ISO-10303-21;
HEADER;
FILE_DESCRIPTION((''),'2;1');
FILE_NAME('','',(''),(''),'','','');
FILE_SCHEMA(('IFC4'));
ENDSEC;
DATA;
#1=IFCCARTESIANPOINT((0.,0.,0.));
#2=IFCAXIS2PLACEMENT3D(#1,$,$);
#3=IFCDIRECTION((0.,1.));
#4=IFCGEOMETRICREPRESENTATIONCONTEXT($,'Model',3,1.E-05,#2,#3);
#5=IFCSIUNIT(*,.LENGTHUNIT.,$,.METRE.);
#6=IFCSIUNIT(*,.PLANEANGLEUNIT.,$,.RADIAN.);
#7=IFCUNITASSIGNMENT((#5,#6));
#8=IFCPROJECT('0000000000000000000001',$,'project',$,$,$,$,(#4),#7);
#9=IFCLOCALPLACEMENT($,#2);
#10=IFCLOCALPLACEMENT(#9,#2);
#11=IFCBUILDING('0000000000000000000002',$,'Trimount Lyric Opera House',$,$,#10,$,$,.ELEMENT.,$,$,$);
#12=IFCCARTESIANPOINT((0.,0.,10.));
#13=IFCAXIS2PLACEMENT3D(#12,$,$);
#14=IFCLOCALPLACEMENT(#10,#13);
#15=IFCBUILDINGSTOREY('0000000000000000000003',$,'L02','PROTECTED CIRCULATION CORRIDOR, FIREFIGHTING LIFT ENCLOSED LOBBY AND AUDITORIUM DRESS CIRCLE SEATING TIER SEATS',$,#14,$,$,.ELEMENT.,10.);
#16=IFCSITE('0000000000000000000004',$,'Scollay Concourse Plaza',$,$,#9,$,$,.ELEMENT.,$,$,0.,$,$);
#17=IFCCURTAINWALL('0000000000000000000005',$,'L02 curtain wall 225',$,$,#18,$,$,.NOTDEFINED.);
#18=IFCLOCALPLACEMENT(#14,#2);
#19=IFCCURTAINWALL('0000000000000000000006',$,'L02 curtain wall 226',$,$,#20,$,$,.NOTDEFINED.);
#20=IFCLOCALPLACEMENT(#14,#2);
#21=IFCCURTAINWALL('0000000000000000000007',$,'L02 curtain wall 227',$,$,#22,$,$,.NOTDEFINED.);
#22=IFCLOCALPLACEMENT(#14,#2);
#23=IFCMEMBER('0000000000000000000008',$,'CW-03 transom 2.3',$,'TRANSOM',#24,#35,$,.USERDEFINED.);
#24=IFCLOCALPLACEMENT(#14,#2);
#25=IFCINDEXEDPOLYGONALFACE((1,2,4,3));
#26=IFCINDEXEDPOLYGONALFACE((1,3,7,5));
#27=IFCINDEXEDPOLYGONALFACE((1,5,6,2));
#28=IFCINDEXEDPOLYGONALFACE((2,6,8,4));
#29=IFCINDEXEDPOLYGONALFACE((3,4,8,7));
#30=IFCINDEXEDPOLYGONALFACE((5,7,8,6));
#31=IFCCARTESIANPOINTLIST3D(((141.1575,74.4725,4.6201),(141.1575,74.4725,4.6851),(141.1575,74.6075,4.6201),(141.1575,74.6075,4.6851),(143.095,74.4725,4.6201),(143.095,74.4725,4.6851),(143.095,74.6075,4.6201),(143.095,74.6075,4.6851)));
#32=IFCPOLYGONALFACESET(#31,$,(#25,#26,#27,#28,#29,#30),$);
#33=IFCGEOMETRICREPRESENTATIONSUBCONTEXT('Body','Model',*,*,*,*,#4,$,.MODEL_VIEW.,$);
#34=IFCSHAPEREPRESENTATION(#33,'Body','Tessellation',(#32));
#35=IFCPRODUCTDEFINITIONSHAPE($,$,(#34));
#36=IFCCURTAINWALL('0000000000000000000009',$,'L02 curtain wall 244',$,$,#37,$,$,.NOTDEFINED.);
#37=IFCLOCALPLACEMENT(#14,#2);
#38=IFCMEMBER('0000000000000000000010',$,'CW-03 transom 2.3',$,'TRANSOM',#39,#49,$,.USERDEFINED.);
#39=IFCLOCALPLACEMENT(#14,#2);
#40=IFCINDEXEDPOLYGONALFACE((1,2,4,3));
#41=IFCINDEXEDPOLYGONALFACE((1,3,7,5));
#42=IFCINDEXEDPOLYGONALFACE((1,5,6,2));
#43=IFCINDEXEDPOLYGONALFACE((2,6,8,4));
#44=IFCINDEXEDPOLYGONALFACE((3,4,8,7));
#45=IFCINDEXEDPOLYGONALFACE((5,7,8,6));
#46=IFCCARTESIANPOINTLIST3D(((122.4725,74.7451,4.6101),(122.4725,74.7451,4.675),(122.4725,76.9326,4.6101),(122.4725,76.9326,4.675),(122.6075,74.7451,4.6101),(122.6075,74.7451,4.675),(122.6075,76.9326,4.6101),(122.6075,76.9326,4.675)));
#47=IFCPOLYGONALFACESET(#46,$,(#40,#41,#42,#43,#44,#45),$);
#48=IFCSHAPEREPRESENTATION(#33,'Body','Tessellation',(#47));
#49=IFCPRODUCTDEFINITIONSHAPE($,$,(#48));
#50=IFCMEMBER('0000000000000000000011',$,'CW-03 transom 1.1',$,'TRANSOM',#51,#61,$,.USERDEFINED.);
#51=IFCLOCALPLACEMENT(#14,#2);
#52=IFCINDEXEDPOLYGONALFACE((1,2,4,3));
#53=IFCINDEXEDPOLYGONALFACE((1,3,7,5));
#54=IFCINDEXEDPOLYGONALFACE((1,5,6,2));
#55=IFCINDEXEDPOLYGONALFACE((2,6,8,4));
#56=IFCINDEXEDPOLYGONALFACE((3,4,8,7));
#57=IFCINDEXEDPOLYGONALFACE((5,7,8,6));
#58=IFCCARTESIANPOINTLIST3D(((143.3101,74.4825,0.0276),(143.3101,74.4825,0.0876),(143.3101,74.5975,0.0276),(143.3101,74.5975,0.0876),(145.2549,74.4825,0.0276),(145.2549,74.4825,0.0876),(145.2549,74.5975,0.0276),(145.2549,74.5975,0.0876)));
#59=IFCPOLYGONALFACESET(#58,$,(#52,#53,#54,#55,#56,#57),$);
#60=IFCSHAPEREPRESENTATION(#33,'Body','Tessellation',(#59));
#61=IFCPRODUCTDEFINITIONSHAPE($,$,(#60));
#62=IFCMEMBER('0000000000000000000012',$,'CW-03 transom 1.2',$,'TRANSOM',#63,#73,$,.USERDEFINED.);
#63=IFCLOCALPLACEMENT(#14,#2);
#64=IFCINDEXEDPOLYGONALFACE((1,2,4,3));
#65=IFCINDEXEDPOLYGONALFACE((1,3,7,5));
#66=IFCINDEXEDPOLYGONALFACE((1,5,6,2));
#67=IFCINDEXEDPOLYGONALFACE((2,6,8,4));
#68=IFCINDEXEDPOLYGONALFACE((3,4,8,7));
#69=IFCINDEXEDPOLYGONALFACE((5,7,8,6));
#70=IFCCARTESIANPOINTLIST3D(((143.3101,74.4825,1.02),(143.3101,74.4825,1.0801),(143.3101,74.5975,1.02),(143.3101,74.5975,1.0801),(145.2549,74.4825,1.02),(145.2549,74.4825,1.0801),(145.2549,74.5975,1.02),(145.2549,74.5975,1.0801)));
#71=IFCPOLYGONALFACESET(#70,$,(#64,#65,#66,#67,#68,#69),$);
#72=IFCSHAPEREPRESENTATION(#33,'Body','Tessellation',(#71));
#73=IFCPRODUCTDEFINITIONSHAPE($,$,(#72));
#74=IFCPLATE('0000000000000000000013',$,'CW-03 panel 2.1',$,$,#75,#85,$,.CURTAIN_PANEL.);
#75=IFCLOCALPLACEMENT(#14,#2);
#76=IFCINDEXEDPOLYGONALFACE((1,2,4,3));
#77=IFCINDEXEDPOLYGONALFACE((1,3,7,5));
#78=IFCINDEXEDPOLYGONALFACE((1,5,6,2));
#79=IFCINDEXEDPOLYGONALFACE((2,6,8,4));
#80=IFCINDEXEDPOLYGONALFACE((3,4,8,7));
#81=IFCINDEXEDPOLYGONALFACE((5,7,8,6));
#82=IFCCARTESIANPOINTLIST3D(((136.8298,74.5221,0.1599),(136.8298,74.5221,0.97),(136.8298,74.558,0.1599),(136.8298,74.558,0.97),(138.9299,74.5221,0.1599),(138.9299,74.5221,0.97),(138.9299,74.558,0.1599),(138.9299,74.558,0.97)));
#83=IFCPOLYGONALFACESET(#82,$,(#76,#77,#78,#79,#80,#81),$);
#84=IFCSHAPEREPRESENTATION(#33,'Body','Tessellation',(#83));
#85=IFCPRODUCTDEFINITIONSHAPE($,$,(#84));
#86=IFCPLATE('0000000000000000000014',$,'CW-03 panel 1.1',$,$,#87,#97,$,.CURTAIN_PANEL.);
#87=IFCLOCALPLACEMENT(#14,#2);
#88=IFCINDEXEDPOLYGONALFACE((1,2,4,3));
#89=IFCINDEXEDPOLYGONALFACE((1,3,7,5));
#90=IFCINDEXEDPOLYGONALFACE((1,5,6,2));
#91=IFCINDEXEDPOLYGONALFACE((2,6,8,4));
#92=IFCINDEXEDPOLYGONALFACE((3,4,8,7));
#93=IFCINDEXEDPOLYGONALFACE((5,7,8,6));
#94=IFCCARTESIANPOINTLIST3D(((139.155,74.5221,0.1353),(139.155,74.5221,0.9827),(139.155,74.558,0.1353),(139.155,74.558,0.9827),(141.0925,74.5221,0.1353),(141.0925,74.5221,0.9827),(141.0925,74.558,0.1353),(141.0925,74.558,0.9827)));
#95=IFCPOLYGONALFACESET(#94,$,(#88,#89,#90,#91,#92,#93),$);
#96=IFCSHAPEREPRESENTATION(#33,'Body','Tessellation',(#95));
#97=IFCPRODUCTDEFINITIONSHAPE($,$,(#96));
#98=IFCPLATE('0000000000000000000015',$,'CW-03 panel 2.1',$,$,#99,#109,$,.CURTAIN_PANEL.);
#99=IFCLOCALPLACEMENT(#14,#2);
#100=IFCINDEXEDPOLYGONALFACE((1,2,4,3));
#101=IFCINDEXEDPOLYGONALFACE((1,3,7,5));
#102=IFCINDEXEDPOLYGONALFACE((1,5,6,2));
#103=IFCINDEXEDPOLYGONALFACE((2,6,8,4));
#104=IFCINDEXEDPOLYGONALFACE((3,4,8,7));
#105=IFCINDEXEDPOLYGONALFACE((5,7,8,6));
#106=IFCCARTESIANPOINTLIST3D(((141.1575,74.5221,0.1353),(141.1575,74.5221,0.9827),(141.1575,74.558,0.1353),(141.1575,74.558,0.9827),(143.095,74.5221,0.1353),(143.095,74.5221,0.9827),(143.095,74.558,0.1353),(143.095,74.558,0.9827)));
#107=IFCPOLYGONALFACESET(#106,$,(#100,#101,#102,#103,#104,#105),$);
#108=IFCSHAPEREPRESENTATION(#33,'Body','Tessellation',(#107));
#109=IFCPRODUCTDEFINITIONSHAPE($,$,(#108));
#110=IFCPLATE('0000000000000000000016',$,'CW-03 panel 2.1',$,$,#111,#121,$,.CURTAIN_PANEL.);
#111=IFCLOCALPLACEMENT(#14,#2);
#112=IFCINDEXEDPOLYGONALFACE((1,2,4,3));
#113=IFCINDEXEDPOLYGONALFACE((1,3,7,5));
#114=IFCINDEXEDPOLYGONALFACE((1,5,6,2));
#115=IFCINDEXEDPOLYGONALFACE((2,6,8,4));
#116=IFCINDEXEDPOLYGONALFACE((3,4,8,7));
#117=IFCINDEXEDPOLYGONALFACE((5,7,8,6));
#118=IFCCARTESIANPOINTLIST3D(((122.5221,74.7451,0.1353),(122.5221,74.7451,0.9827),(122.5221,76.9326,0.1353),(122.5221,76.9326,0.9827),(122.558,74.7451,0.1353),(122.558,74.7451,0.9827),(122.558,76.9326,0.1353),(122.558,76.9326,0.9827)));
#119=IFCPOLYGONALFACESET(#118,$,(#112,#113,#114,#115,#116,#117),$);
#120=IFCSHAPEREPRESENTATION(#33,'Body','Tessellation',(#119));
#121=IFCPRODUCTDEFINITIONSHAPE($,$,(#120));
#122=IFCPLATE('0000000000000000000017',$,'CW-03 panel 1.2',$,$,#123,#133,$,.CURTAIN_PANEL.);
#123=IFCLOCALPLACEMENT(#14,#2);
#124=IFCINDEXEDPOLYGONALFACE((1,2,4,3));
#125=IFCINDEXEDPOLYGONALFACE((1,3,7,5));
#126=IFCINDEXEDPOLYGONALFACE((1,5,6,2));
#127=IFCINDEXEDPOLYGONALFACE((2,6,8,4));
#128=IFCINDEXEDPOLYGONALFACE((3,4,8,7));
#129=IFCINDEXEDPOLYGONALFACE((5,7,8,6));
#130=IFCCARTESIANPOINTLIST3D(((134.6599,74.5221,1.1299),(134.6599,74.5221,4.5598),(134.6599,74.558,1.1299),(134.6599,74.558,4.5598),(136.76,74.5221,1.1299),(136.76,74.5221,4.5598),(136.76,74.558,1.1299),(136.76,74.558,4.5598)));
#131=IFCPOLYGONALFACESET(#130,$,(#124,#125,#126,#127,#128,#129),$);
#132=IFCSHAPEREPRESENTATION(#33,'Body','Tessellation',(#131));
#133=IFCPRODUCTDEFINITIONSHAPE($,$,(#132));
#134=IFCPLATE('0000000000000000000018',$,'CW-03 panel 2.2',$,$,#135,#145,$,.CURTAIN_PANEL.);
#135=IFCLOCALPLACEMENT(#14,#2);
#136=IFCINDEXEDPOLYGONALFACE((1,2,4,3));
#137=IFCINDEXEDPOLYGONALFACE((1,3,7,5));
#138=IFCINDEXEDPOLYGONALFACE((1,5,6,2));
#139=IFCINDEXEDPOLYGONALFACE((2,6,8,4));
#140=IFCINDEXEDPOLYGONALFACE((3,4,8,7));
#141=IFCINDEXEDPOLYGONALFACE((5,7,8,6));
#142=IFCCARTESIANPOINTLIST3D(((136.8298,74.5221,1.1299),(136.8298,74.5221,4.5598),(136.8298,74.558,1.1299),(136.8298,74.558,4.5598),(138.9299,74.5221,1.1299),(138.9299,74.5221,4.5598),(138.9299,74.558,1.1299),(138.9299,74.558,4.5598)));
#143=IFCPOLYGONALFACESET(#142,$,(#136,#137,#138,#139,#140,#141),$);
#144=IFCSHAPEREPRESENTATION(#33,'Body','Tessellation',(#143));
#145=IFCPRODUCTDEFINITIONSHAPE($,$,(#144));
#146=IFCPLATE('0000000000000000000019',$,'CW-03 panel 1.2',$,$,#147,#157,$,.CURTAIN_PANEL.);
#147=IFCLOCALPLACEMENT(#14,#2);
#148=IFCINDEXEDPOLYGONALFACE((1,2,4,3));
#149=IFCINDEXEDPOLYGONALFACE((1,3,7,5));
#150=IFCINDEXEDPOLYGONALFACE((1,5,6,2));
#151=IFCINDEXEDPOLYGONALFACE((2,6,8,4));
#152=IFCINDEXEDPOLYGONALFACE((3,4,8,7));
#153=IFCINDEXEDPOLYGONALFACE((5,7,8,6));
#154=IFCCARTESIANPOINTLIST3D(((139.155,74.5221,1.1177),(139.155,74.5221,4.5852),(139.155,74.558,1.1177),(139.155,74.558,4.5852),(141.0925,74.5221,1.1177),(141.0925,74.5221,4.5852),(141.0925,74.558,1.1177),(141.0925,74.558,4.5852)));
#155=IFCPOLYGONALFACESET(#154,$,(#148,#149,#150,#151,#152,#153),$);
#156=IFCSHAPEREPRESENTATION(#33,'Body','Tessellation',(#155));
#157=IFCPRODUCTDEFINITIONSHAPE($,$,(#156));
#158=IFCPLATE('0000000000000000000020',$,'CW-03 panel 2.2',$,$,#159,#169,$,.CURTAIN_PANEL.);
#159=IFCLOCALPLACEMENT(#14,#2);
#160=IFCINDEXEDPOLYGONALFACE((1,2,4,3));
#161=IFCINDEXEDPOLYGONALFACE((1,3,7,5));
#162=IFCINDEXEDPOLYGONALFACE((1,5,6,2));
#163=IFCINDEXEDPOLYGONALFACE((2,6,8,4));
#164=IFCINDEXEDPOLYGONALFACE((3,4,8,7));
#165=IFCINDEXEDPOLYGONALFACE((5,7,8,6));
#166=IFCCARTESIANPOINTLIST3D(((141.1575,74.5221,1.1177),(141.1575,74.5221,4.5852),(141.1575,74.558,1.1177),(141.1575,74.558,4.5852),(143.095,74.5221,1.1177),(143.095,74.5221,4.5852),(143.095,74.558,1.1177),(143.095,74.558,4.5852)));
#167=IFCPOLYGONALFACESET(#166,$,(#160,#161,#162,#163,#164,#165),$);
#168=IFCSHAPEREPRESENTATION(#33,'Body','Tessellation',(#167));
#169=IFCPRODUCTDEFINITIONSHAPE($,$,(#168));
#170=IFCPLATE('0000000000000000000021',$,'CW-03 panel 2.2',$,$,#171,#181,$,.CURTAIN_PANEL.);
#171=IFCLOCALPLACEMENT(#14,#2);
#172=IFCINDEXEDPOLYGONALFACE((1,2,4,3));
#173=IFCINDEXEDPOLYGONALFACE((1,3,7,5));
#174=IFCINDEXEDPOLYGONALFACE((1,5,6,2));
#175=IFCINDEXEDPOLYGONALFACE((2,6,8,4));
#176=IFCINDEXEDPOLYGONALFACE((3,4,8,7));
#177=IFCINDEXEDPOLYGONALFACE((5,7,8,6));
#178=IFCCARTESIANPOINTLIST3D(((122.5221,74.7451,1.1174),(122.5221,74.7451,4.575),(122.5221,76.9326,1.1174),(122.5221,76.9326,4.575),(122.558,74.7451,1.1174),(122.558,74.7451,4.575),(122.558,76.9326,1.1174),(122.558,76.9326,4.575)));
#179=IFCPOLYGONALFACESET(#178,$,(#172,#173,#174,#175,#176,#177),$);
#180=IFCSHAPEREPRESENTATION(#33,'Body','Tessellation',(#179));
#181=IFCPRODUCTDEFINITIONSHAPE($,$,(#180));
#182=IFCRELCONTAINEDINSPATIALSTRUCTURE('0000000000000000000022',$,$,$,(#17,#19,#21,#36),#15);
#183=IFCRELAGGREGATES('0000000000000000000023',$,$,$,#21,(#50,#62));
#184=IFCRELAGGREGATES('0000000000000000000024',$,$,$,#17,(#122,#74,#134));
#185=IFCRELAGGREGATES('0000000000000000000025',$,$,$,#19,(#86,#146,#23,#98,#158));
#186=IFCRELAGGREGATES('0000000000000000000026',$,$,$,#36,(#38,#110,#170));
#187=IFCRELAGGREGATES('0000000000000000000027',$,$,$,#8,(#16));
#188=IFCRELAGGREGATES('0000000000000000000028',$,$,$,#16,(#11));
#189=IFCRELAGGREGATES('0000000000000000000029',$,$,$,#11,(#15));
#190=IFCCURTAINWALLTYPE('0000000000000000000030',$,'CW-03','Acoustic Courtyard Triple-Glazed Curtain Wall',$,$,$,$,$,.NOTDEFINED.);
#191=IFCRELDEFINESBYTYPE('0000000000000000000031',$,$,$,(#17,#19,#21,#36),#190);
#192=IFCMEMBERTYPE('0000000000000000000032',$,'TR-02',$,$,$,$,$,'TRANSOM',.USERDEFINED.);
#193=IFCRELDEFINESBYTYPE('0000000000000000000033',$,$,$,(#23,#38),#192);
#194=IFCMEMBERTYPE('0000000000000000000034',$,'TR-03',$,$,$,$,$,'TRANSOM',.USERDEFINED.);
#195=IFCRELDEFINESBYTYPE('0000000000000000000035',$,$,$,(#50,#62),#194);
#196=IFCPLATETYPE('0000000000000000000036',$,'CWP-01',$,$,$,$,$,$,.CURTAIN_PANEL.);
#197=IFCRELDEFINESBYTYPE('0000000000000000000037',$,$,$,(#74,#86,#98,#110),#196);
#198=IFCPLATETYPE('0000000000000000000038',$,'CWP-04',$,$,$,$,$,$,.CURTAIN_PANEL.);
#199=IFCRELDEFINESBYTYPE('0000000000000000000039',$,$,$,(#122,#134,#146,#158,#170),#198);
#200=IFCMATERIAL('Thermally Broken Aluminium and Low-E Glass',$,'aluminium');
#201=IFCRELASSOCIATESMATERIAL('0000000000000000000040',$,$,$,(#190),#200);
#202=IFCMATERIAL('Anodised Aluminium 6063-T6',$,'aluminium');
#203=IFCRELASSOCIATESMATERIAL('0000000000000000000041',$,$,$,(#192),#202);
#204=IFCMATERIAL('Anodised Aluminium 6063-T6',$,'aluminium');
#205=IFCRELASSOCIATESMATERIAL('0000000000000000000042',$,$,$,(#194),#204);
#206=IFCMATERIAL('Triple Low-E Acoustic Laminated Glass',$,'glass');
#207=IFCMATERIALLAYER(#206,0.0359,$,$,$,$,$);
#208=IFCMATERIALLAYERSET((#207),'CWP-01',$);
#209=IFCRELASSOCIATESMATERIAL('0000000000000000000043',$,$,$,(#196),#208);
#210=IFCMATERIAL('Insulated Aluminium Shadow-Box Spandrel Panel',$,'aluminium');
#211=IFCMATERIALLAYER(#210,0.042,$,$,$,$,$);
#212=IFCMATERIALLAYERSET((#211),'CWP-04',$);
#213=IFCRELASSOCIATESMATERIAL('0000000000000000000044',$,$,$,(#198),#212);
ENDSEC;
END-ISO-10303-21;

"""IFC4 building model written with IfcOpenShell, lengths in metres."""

from ifc_helpers import new_model, si_unit, direction, frame, origin, origin_2d, place, context, subcontext, project, spatial, rectangle, extrude, material, layer, layer_set, material_profile, profile_set, type_object, element, aggregate, save


model = new_model("IFC4")

# Units and contexts
model_context = context("Model", 3, precision=1e-05, world=origin(), true_north=direction((0.0, 1.0)))
body_context = subcontext(model_context, "Body", "Model", "MODEL_VIEW")
ifc_project = project(units=[si_unit("LENGTHUNIT", "METRE"), si_unit("PLANEANGLEUNIT", "RADIAN")], contexts=[model_context])

# Site, building, storey
site_placement = place(None, origin())
site = spatial("IfcSite", under=ifc_project, at=site_placement, Name="Scollay Concourse Plaza", CompositionType="ELEMENT", RefElevation=0.0)
building_placement = place(site_placement, origin())
building = spatial("IfcBuilding", under=site, at=building_placement, Name="Trimount Lyric Opera House", CompositionType="ELEMENT")
storey_placement = place(building_placement, frame((0.0, 0.0, 10.0)))
storey = spatial("IfcBuildingStorey", under=building, at=storey_placement, Name="L02", Description="PROTECTED CIRCULATION CORRIDOR, FIREFIGHTING LIFT ENCLOSED LOBBY AND AUDITORIUM DRESS CIRCLE SEATING TIER SEATS", CompositionType="ELEMENT", Elevation=10.0)

# Curtain walls
ifc_material_1 = material(Name="Thermally Broken Aluminium and Low-E Glass", Category="aluminium")
curtain_wall_type = type_object("IfcCurtainWallType", Name="CW-03", Description="Acoustic Courtyard Triple-Glazed Curtain Wall", PredefinedType="NOTDEFINED", material=ifc_material_1)
curtain_wall_1_placement = place(storey_placement, origin())
curtain_wall_1 = element("IfcCurtainWall", 1, at=curtain_wall_1_placement, inside=storey, type_object=curtain_wall_type, Name="L02 curtain wall 225", PredefinedType="NOTDEFINED")
curtain_wall_2_placement = place(storey_placement, origin())
curtain_wall_2 = element("IfcCurtainWall", 2, at=curtain_wall_2_placement, inside=storey, type_object=curtain_wall_type, Name="L02 curtain wall 226", PredefinedType="NOTDEFINED")

# Curtain wall
curtain_wall_3_placement = place(storey_placement, origin())
curtain_wall_3 = element("IfcCurtainWall", 3, at=curtain_wall_3_placement, inside=storey, type_object=curtain_wall_type, Name="L02 curtain wall 227", PredefinedType="NOTDEFINED")

# Member
ifc_material_2 = material(Name="Anodised Aluminium 6063-T6", Category="aluminium")
ifc_material_profile_1 = material_profile(ifc_material_2, rectangle(XDim=0.135, YDim=0.0649, at=origin_2d()), Name="ALU-TRAN-65X135")
ifc_profile_set_1 = profile_set([ifc_material_profile_1], Name="Anodised Aluminium 6063-T6")
member_type_1 = type_object("IfcMemberType", Name="TR-02", ElementType="TRANSOM", PredefinedType="USERDEFINED", material=ifc_profile_set_1)
member_1_placement = place(storey_placement, frame((141.1575, 74.54, 4.6526), z_axis=(1.0, 0.0, 0.0), x_axis=(0.0, 1.0, 0.0)))
member_1 = element("IfcMember", 4, at=member_1_placement, type_object=member_type_1, Name="CW-03 transom 2.3", ObjectType="TRANSOM", PredefinedType="USERDEFINED", context=body_context, shape_type="SweptSolid", body=[
    extrude(rectangle(XDim=0.135, YDim=0.0649, at=origin_2d()), origin(), (0.0, 0.0, 1.0), 1.9375),
])

# Curtain wall, member
curtain_wall_4_placement = place(storey_placement, origin())
curtain_wall_4 = element("IfcCurtainWall", 5, at=curtain_wall_4_placement, inside=storey, type_object=curtain_wall_type, Name="L02 curtain wall 244", PredefinedType="NOTDEFINED")
member_2_placement = place(storey_placement, frame((122.54, 76.9326, 4.6426), z_axis=(0.0, -1.0, 0.0), x_axis=(1.0, 0.0, 0.0)))
member_2 = element("IfcMember", 6, at=member_2_placement, type_object=member_type_1, Name="CW-03 transom 2.3", ObjectType="TRANSOM", PredefinedType="USERDEFINED", context=body_context, shape_type="SweptSolid", body=[
    extrude(rectangle(XDim=0.135, YDim=0.0649, at=origin_2d()), origin(), (0.0, 0.0, 1.0), 2.1875),
])

# Members
ifc_material_3 = material(Name="Anodised Aluminium 6063-T6", Category="aluminium")
ifc_material_profile_2 = material_profile(ifc_material_3, rectangle(XDim=0.115, YDim=0.0601, at=origin_2d()), Name="ALU-TRAN-60X115")
ifc_profile_set_2 = profile_set([ifc_material_profile_2], Name="Anodised Aluminium 6063-T6")
member_type_2 = type_object("IfcMemberType", Name="TR-03", ElementType="TRANSOM", PredefinedType="USERDEFINED", material=ifc_profile_set_2)
member_3_placement = place(storey_placement, frame((143.3101, 74.54, 0.0576), z_axis=(1.0, 0.0, 0.0), x_axis=(0.0, 1.0, 0.0)))
member_3 = element("IfcMember", 7, at=member_3_placement, type_object=member_type_2, Name="CW-03 transom 1.1", ObjectType="TRANSOM", PredefinedType="USERDEFINED", context=body_context, shape_type="SweptSolid", body=[
    extrude(rectangle(XDim=0.115, YDim=0.0601, at=origin_2d()), origin(), (0.0, 0.0, 1.0), 1.9448),
])
member_4_placement = place(storey_placement, frame((143.3101, 74.54, 1.05), z_axis=(1.0, 0.0, 0.0), x_axis=(0.0, 1.0, 0.0)))
member_4 = element("IfcMember", 8, at=member_4_placement, type_object=member_type_2, Name="CW-03 transom 1.2", ObjectType="TRANSOM", PredefinedType="USERDEFINED", context=body_context, shape_type="SweptSolid", body=[
    extrude(rectangle(XDim=0.115, YDim=0.0601, at=origin_2d()), origin(), (0.0, 0.0, 1.0), 1.9448),
])
aggregate(curtain_wall_3, [member_3, member_4])

# Plates
ifc_material_4 = material(Name="Triple Low-E Acoustic Laminated Glass", Category="glass")
ifc_layer_1 = layer(ifc_material_4, 0.0359)
ifc_layer_set_1 = layer_set([ifc_layer_1], Name="CWP-01")
plate_type_1 = type_object("IfcPlateType", Name="CWP-01", PredefinedType="CURTAIN_PANEL", material=ifc_layer_set_1)
plate_1_placement = place(storey_placement, frame((137.8799, 74.54, 0.1599), z_axis=(0.0, 0.0, 1.0), x_axis=(1.0, 0.0, 0.0)))
plate_1 = element("IfcPlate", 9, at=plate_1_placement, type_object=plate_type_1, Name="CW-03 panel 2.1", PredefinedType="CURTAIN_PANEL", context=body_context, shape_type="SweptSolid", body=[
    extrude(rectangle(XDim=2.1001, YDim=0.0359, at=origin_2d()), origin(), (0.0, 0.0, 1.0), 0.8101),
])
plate_2_placement = place(storey_placement, frame((140.1238, 74.54, 0.1353), z_axis=(0.0, 0.0, 1.0), x_axis=(1.0, 0.0, 0.0)))
plate_2 = element("IfcPlate", 10, at=plate_2_placement, type_object=plate_type_1, Name="CW-03 panel 1.1", PredefinedType="CURTAIN_PANEL", context=body_context, shape_type="SweptSolid", body=[
    extrude(rectangle(XDim=1.9375, YDim=0.0359, at=origin_2d()), origin(), (0.0, 0.0, 1.0), 0.8474),
])
plate_3_placement = place(storey_placement, frame((142.1262, 74.54, 0.1353), z_axis=(0.0, 0.0, 1.0), x_axis=(1.0, 0.0, 0.0)))
plate_3 = element("IfcPlate", 11, at=plate_3_placement, type_object=plate_type_1, Name="CW-03 panel 2.1", PredefinedType="CURTAIN_PANEL", context=body_context, shape_type="SweptSolid", body=[
    extrude(rectangle(XDim=1.9375, YDim=0.0359, at=origin_2d()), origin(), (0.0, 0.0, 1.0), 0.8474),
])
plate_4_placement = place(storey_placement, frame((122.54, 75.8389, 0.1353), z_axis=(0.0, 0.0, 1.0), x_axis=(0.0, -1.0, 0.0)))
plate_4 = element("IfcPlate", 12, at=plate_4_placement, type_object=plate_type_1, Name="CW-03 panel 2.1", PredefinedType="CURTAIN_PANEL", context=body_context, shape_type="SweptSolid", body=[
    extrude(rectangle(XDim=2.1875, YDim=0.0359, at=origin_2d()), origin(), (0.0, 0.0, 1.0), 0.8474),
])
ifc_material_5 = material(Name="Insulated Aluminium Shadow-Box Spandrel Panel", Category="aluminium")
ifc_layer_2 = layer(ifc_material_5, 0.042)
ifc_layer_set_2 = layer_set([ifc_layer_2], Name="CWP-04")
plate_type_2 = type_object("IfcPlateType", Name="CWP-04", PredefinedType="CURTAIN_PANEL", material=ifc_layer_set_2)
plate_5_placement = place(storey_placement, frame((135.71, 74.54, 1.1299), z_axis=(0.0, 0.0, 1.0), x_axis=(1.0, 0.0, 0.0)))
plate_5 = element("IfcPlate", 13, at=plate_5_placement, type_object=plate_type_2, Name="CW-03 panel 1.2", PredefinedType="CURTAIN_PANEL", context=body_context, shape_type="SweptSolid", body=[
    extrude(rectangle(XDim=2.1001, YDim=0.0359, at=origin_2d()), origin(), (0.0, 0.0, 1.0), 3.4299),
])
plate_6_placement = place(storey_placement, frame((137.8799, 74.54, 1.1299), z_axis=(0.0, 0.0, 1.0), x_axis=(1.0, 0.0, 0.0)))
plate_6 = element("IfcPlate", 14, at=plate_6_placement, type_object=plate_type_2, Name="CW-03 panel 2.2", PredefinedType="CURTAIN_PANEL", context=body_context, shape_type="SweptSolid", body=[
    extrude(rectangle(XDim=2.1001, YDim=0.0359, at=origin_2d()), origin(), (0.0, 0.0, 1.0), 3.4299),
])
aggregate(curtain_wall_1, [plate_5, plate_1, plate_6])
plate_7_placement = place(storey_placement, frame((140.1238, 74.54, 1.1177), z_axis=(0.0, 0.0, 1.0), x_axis=(1.0, 0.0, 0.0)))
plate_7 = element("IfcPlate", 15, at=plate_7_placement, type_object=plate_type_2, Name="CW-03 panel 1.2", PredefinedType="CURTAIN_PANEL", context=body_context, shape_type="SweptSolid", body=[
    extrude(rectangle(XDim=1.9375, YDim=0.0359, at=origin_2d()), origin(), (0.0, 0.0, 1.0), 3.4675),
])
plate_8_placement = place(storey_placement, frame((142.1262, 74.54, 1.1177), z_axis=(0.0, 0.0, 1.0), x_axis=(1.0, 0.0, 0.0)))
plate_8 = element("IfcPlate", 16, at=plate_8_placement, type_object=plate_type_2, Name="CW-03 panel 2.2", PredefinedType="CURTAIN_PANEL", context=body_context, shape_type="SweptSolid", body=[
    extrude(rectangle(XDim=1.9375, YDim=0.0359, at=origin_2d()), origin(), (0.0, 0.0, 1.0), 3.4675),
])
aggregate(curtain_wall_2, [plate_2, plate_7, member_1, plate_3, plate_8])
plate_9_placement = place(storey_placement, frame((122.54, 75.8389, 1.1174), z_axis=(0.0, 0.0, 1.0), x_axis=(0.0, -1.0, 0.0)))
plate_9 = element("IfcPlate", 17, at=plate_9_placement, type_object=plate_type_2, Name="CW-03 panel 2.2", PredefinedType="CURTAIN_PANEL", context=body_context, shape_type="SweptSolid", body=[
    extrude(rectangle(XDim=2.1875, YDim=0.0359, at=origin_2d()), origin(), (0.0, 0.0, 1.0), 3.4575),
])
aggregate(curtain_wall_4, [member_2, plate_4, plate_9])

save(model, "model.ifc")
